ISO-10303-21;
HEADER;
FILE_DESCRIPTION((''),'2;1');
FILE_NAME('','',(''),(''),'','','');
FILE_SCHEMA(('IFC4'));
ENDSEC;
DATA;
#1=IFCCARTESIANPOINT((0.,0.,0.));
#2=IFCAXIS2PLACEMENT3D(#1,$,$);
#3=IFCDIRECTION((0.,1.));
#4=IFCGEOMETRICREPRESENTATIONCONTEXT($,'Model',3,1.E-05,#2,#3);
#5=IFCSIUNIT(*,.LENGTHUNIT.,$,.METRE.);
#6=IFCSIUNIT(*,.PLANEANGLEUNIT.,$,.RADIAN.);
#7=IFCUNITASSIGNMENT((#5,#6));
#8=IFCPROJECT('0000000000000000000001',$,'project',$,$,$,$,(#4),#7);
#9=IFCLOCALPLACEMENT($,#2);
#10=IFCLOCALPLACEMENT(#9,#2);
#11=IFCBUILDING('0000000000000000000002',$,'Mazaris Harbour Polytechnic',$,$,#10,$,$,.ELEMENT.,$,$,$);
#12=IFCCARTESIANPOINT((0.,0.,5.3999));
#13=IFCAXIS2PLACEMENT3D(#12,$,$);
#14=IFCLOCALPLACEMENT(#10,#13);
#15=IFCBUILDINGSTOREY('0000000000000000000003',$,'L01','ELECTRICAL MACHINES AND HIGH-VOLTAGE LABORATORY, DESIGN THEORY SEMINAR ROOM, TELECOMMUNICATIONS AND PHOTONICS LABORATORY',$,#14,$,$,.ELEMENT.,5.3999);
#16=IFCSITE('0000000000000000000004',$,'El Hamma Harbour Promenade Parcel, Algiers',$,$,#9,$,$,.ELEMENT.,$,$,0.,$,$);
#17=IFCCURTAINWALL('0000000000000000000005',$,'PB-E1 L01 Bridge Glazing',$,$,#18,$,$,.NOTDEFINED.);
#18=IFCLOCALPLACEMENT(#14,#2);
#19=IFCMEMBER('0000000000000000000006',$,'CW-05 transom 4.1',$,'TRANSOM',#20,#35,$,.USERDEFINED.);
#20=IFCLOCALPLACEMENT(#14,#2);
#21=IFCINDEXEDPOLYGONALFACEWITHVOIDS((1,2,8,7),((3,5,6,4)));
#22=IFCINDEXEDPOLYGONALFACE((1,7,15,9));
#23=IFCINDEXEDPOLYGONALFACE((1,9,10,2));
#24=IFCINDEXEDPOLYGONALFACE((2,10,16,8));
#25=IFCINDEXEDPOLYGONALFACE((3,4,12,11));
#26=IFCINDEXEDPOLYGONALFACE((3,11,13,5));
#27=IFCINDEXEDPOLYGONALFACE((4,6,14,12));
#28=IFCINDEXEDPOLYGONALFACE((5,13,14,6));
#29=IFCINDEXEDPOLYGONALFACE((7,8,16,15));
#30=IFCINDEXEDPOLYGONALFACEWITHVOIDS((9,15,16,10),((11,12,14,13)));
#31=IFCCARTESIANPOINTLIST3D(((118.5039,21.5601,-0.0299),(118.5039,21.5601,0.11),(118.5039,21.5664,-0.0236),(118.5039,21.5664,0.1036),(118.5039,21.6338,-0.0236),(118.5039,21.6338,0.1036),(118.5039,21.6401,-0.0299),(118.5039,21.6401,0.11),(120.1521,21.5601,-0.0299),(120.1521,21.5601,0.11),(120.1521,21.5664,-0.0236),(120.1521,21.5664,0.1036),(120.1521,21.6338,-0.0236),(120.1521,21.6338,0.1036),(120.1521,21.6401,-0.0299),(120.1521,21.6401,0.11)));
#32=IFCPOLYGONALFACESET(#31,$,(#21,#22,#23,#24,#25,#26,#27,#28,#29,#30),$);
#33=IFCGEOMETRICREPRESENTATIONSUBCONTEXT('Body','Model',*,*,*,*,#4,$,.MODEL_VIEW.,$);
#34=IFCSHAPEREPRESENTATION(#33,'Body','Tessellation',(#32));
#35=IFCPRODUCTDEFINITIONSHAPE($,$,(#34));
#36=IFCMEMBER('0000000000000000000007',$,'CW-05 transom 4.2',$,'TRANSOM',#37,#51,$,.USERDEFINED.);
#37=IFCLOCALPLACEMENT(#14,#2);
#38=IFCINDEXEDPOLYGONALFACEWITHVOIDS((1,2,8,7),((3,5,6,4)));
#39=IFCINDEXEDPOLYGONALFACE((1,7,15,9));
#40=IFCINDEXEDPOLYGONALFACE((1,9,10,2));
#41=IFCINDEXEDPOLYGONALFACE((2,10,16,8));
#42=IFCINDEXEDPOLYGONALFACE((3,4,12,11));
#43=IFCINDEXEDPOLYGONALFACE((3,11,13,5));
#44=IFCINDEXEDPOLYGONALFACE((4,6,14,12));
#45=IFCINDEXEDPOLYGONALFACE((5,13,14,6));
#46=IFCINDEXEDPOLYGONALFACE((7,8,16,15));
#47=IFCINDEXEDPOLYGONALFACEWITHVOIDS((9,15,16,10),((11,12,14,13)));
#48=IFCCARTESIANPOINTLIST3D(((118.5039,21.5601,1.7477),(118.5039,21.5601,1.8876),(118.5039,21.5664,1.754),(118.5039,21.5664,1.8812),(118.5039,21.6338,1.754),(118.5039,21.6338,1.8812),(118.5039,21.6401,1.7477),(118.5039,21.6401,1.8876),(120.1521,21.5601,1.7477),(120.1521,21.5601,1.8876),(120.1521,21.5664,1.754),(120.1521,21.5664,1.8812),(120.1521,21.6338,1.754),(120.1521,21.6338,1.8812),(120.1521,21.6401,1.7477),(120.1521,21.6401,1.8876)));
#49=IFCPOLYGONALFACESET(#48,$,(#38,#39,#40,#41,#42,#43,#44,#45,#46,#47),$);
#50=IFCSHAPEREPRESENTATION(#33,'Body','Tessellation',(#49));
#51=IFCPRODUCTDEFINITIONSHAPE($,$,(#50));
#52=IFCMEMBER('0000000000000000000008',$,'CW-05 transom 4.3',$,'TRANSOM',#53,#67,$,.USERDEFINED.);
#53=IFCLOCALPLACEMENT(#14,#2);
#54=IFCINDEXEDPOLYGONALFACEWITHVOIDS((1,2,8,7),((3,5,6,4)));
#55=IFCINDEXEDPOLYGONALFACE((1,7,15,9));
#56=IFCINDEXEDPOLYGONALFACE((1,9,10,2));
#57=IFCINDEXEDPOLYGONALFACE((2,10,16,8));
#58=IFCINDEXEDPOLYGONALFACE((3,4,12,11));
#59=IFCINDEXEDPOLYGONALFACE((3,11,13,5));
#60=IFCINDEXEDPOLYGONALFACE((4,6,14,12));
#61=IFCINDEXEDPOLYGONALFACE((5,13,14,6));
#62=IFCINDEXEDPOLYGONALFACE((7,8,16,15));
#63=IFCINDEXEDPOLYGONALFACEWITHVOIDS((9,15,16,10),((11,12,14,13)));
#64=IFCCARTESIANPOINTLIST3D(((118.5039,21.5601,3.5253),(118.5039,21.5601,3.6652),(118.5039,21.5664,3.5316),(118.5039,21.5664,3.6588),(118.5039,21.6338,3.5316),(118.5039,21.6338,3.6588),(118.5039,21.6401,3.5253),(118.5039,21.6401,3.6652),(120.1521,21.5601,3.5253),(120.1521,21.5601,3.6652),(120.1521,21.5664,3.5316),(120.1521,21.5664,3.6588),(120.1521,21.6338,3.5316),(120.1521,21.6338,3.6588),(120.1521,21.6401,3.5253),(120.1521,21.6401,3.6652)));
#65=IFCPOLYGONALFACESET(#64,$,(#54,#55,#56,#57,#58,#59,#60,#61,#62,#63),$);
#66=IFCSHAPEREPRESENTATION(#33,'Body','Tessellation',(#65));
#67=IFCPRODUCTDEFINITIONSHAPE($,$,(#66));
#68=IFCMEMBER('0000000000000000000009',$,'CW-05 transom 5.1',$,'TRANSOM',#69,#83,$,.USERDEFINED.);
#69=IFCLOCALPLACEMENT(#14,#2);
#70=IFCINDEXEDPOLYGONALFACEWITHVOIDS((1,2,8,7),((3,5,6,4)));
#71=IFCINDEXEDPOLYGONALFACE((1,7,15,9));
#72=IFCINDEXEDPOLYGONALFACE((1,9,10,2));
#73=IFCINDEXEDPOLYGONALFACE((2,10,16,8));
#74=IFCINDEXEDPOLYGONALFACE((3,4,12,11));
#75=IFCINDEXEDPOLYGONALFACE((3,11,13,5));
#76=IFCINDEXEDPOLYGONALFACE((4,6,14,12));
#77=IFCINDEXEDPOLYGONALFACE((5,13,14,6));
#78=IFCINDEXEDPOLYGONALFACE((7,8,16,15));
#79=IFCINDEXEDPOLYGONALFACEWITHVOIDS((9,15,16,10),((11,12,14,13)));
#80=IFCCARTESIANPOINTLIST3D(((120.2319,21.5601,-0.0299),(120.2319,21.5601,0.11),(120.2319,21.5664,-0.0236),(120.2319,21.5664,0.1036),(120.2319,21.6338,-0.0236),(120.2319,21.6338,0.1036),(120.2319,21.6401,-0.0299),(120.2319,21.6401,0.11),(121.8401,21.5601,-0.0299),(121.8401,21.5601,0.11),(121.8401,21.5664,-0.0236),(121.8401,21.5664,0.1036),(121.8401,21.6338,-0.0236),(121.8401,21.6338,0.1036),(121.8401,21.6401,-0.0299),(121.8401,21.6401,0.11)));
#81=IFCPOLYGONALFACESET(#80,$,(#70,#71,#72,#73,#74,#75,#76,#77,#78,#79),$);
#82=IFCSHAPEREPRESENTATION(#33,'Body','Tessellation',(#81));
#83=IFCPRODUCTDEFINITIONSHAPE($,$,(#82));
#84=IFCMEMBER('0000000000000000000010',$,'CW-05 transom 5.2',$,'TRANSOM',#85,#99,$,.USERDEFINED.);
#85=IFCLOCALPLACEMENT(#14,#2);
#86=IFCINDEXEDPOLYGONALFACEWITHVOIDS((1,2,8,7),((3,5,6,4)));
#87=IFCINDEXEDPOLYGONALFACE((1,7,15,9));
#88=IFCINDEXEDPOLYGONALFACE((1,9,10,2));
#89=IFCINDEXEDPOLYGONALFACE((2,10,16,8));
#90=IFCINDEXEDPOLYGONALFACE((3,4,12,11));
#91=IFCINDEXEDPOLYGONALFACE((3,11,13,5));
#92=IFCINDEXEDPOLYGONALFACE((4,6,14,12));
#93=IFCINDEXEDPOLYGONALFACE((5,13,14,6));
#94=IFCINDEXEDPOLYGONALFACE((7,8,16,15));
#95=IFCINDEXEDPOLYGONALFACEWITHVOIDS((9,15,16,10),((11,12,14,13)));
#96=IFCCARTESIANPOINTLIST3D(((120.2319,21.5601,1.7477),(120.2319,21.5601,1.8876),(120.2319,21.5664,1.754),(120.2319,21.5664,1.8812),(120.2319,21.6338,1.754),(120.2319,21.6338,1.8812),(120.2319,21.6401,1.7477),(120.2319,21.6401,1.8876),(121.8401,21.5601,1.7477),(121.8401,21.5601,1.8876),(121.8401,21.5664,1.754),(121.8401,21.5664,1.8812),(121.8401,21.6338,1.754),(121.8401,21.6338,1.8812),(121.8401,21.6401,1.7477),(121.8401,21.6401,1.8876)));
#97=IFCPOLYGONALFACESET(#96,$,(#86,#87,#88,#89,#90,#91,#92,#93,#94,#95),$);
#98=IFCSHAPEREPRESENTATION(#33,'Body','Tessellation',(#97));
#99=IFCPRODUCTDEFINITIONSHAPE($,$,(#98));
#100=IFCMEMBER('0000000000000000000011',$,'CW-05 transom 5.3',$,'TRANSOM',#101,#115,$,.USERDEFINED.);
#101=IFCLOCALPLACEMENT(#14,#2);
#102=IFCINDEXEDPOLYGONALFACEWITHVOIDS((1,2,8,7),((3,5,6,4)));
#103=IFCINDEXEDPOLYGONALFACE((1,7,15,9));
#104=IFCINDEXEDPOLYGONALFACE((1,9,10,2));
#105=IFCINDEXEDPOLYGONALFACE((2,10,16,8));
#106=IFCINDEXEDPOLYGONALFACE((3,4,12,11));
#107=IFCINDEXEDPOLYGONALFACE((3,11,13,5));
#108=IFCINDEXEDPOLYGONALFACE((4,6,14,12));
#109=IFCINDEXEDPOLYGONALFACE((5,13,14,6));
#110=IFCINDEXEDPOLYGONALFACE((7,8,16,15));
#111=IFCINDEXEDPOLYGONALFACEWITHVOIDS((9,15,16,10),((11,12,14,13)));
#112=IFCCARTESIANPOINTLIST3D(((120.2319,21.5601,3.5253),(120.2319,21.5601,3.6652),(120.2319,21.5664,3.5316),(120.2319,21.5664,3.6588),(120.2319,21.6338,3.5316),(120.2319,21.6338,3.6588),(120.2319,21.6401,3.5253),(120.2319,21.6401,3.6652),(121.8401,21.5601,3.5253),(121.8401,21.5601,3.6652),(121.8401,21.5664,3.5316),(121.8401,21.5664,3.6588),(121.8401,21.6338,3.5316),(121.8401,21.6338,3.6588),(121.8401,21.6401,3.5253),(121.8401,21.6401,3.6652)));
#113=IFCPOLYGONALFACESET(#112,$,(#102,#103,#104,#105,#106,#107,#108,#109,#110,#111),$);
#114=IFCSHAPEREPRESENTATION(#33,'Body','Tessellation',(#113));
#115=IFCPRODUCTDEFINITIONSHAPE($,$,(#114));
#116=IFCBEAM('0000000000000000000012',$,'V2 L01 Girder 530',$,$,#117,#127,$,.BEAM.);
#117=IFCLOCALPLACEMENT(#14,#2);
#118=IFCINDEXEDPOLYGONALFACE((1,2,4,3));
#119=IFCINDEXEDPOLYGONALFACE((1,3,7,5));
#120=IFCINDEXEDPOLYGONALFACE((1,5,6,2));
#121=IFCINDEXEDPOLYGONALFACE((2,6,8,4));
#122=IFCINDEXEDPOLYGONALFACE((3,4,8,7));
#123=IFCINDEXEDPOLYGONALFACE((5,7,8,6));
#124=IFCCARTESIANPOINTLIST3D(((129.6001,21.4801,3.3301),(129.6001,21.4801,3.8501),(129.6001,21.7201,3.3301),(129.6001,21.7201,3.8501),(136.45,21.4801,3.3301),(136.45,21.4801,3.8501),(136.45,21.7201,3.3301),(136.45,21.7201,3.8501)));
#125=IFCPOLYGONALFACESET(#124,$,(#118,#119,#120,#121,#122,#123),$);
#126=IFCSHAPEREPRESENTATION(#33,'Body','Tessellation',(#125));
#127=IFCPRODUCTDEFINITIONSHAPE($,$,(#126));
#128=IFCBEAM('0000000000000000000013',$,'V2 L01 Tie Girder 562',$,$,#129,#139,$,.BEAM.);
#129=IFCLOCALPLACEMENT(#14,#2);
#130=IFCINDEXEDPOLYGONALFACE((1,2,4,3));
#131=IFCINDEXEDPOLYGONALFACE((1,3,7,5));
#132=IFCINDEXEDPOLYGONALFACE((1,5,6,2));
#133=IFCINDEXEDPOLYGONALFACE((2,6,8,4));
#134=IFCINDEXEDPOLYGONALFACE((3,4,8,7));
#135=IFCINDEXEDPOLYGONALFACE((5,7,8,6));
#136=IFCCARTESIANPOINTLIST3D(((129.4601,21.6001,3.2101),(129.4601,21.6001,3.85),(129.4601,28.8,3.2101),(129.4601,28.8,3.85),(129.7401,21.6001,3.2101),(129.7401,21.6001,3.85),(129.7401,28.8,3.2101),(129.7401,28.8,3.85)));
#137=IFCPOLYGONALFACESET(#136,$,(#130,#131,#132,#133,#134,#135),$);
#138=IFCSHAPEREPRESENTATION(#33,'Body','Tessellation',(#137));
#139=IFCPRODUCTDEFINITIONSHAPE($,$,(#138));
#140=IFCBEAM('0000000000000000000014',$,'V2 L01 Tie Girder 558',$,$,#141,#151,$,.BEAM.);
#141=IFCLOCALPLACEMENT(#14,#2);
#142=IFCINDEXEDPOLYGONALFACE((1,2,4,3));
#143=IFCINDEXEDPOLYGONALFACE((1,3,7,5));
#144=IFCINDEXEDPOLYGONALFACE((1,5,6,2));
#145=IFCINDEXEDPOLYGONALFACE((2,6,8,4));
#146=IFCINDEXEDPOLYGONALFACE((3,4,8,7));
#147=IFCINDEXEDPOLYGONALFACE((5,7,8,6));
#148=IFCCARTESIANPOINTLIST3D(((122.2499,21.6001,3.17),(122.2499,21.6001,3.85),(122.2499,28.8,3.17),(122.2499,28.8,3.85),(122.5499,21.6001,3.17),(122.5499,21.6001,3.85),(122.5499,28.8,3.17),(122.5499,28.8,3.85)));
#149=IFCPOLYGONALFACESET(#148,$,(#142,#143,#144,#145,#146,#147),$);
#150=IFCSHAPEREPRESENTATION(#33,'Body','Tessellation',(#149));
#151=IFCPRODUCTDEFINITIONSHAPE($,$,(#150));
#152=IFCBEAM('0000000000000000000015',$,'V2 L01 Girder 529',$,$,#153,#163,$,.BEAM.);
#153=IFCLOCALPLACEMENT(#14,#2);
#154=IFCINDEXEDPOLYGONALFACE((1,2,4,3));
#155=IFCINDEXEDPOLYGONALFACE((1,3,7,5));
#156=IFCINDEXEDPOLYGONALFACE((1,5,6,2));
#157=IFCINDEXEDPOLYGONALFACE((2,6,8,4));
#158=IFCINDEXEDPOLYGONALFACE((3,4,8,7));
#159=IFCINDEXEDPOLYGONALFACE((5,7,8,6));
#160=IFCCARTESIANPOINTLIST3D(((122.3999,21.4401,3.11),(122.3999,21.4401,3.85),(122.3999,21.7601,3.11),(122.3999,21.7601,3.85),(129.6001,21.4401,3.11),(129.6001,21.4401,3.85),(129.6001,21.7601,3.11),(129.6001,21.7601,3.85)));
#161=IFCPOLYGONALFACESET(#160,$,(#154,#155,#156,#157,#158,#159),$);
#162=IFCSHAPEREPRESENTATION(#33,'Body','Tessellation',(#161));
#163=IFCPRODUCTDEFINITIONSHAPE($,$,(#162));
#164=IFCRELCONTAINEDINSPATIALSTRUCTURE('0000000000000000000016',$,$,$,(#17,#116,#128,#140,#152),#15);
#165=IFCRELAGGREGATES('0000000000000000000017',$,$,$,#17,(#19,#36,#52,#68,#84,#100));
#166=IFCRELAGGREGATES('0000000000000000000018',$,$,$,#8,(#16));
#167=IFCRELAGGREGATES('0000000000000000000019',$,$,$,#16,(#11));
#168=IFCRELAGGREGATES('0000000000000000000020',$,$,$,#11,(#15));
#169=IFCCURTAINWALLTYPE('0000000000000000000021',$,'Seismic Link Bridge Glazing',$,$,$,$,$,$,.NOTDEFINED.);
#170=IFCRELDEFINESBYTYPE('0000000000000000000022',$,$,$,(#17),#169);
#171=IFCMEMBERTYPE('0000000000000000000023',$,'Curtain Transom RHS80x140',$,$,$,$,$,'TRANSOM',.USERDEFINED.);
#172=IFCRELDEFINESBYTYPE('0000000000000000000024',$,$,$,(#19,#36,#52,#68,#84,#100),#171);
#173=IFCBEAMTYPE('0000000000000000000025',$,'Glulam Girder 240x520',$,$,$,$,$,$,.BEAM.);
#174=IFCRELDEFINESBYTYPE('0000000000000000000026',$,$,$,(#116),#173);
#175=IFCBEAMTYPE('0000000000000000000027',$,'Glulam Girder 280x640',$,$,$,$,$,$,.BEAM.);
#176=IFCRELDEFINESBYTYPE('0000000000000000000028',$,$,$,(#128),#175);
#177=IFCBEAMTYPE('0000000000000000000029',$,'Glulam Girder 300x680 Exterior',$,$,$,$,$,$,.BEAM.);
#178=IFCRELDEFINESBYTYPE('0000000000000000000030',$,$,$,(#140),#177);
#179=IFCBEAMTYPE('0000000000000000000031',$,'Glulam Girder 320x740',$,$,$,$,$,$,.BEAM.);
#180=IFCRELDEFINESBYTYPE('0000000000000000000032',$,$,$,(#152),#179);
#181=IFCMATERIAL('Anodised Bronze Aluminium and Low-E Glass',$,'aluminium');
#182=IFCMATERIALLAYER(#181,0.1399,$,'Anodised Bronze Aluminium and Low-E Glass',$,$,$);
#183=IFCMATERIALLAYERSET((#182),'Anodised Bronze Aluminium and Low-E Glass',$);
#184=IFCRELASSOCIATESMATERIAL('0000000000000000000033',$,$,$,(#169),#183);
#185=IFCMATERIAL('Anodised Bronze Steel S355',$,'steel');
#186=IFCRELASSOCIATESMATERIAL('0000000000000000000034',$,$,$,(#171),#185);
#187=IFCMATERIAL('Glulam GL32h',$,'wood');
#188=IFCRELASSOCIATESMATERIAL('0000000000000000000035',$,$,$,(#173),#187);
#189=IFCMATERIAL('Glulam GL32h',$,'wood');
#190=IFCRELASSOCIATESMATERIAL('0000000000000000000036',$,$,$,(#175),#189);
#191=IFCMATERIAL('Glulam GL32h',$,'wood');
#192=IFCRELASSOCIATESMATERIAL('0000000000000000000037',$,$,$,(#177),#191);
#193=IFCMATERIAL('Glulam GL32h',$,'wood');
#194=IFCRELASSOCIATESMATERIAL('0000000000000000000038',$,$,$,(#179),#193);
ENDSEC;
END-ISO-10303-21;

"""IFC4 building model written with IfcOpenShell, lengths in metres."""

from ifc_helpers import new_model, si_unit, direction, frame, origin, origin_2d, place, context, subcontext, project, spatial, rectangle, hollow_rectangle, extrude, material, layer, layer_set, material_profile, profile_set, type_object, element, aggregate, save


model = new_model("IFC4")

# Units and contexts
model_context = context("Model", 3, precision=1e-05, world=origin(), true_north=direction((0.0, 1.0)))
body_context = subcontext(model_context, "Body", "Model", "MODEL_VIEW")
ifc_project = project(units=[si_unit("LENGTHUNIT", "METRE"), si_unit("PLANEANGLEUNIT", "RADIAN")], contexts=[model_context])

# Site, building, storey
site_placement = place(None, origin())
site = spatial("IfcSite", under=ifc_project, at=site_placement, Name="El Hamma Harbour Promenade Parcel, Algiers", CompositionType="ELEMENT", RefElevation=0.0)
building_placement = place(site_placement, origin())
building = spatial("IfcBuilding", under=site, at=building_placement, Name="Mazaris Harbour Polytechnic", CompositionType="ELEMENT")
storey_placement = place(building_placement, frame((0.0, 0.0, 5.3999)))
storey = spatial("IfcBuildingStorey", under=building, at=storey_placement, Name="L01", Description="ELECTRICAL MACHINES AND HIGH-VOLTAGE LABORATORY, DESIGN THEORY SEMINAR ROOM, TELECOMMUNICATIONS AND PHOTONICS LABORATORY", CompositionType="ELEMENT", Elevation=5.3999)

# Curtain wall, members
ifc_material_1 = material(Name="Anodised Bronze Aluminium and Low-E Glass", Category="aluminium")
ifc_layer_1 = layer(ifc_material_1, 0.1399, Name="Anodised Bronze Aluminium and Low-E Glass")
ifc_layer_set_1 = layer_set([ifc_layer_1], Name="Anodised Bronze Aluminium and Low-E Glass")
curtain_wall_type = type_object("IfcCurtainWallType", Name="Seismic Link Bridge Glazing", PredefinedType="NOTDEFINED", material=ifc_layer_set_1)
curtain_wall_placement = place(storey_placement, origin())
curtain_wall = element("IfcCurtainWall", 1, at=curtain_wall_placement, inside=storey, type_object=curtain_wall_type, Name="PB-E1 L01 Bridge Glazing", PredefinedType="NOTDEFINED")
ifc_material_2 = material(Name="Anodised Bronze Steel S355", Category="steel")
ifc_material_profile_1 = material_profile(ifc_material_2, hollow_rectangle(XDim=0.0801, YDim=0.1399, WallThickness=0.0063, at=origin_2d()), Name="RHS 80x140x6.3")
ifc_profile_set_1 = profile_set([ifc_material_profile_1], Name="Anodised Bronze Steel S355")
member_type_1 = type_object("IfcMemberType", Name="Curtain Transom RHS80x140", ElementType="TRANSOM", PredefinedType="USERDEFINED", material=ifc_profile_set_1)
member_1_placement = place(storey_placement, frame((118.5039, 21.6001, 0.04), z_axis=(1.0, 0.0, 0.0), x_axis=(0.0, 1.0, 0.0)))
member_1 = element("IfcMember", 2, at=member_1_placement, type_object=member_type_1, Name="CW-05 transom 4.1", ObjectType="TRANSOM", PredefinedType="USERDEFINED", context=body_context, shape_type="SweptSolid", body=[
    extrude(hollow_rectangle(XDim=0.0801, YDim=0.1399, WallThickness=0.0063, at=origin_2d()), origin(), (0.0, 0.0, 1.0), 1.6482),
])
member_2_placement = place(storey_placement, frame((118.5039, 21.6001, 1.8176), z_axis=(1.0, 0.0, 0.0), x_axis=(0.0, 1.0, 0.0)))
member_2 = element("IfcMember", 3, at=member_2_placement, type_object=member_type_1, Name="CW-05 transom 4.2", ObjectType="TRANSOM", PredefinedType="USERDEFINED", context=body_context, shape_type="SweptSolid", body=[
    extrude(hollow_rectangle(XDim=0.0801, YDim=0.1399, WallThickness=0.0063, at=origin_2d()), origin(), (0.0, 0.0, 1.0), 1.6482),
])
member_3_placement = place(storey_placement, frame((118.5039, 21.6001, 3.5952), z_axis=(1.0, 0.0, 0.0), x_axis=(0.0, 1.0, 0.0)))
member_3 = element("IfcMember", 4, at=member_3_placement, type_object=member_type_1, Name="CW-05 transom 4.3", ObjectType="TRANSOM", PredefinedType="USERDEFINED", context=body_context, shape_type="SweptSolid", body=[
    extrude(hollow_rectangle(XDim=0.0801, YDim=0.1399, WallThickness=0.0063, at=origin_2d()), origin(), (0.0, 0.0, 1.0), 1.6482),
])
member_4_placement = place(storey_placement, frame((120.2319, 21.6001, 0.04), z_axis=(1.0, 0.0, 0.0), x_axis=(0.0, 1.0, 0.0)))
member_4 = element("IfcMember", 5, at=member_4_placement, type_object=member_type_1, Name="CW-05 transom 5.1", ObjectType="TRANSOM", PredefinedType="USERDEFINED", context=body_context, shape_type="SweptSolid", body=[
    extrude(hollow_rectangle(XDim=0.0801, YDim=0.1399, WallThickness=0.0063, at=origin_2d()), origin(), (0.0, 0.0, 1.0), 1.6082),
])
member_5_placement = place(storey_placement, frame((120.2319, 21.6001, 1.8176), z_axis=(1.0, 0.0, 0.0), x_axis=(0.0, 1.0, 0.0)))
member_5 = element("IfcMember", 6, at=member_5_placement, type_object=member_type_1, Name="CW-05 transom 5.2", ObjectType="TRANSOM", PredefinedType="USERDEFINED", context=body_context, shape_type="SweptSolid", body=[
    extrude(hollow_rectangle(XDim=0.0801, YDim=0.1399, WallThickness=0.0063, at=origin_2d()), origin(), (0.0, 0.0, 1.0), 1.6082),
])
member_6_placement = place(storey_placement, frame((120.2319, 21.6001, 3.5952), z_axis=(1.0, 0.0, 0.0), x_axis=(0.0, 1.0, 0.0)))
member_6 = element("IfcMember", 7, at=member_6_placement, type_object=member_type_1, Name="CW-05 transom 5.3", ObjectType="TRANSOM", PredefinedType="USERDEFINED", context=body_context, shape_type="SweptSolid", body=[
    extrude(hollow_rectangle(XDim=0.0801, YDim=0.1399, WallThickness=0.0063, at=origin_2d()), origin(), (0.0, 0.0, 1.0), 1.6082),
])

# Beams
ifc_material_3 = material(Name="Glulam GL32h", Category="wood")
ifc_material_profile_2 = material_profile(ifc_material_3, rectangle(XDim=0.24, YDim=0.52, at=origin_2d()), Name="RECT240x520")
ifc_profile_set_2 = profile_set([ifc_material_profile_2], Name="Glulam GL32h")
beam_type_1 = type_object("IfcBeamType", Name="Glulam Girder 240x520", PredefinedType="BEAM", material=ifc_profile_set_2)
beam_1_placement = place(storey_placement, frame((129.6001, 21.6001, 3.5901), z_axis=(1.0, 0.0, 0.0), x_axis=(0.0, 1.0, 0.0)))
element("IfcBeam", 8, at=beam_1_placement, inside=storey, type_object=beam_type_1, Name="V2 L01 Girder 530", PredefinedType="BEAM", context=body_context, shape_type="SweptSolid", body=[
    extrude(rectangle(XDim=0.24, YDim=0.52, at=origin_2d()), origin(), (0.0, 0.0, 1.0), 6.8499),
])
ifc_material_4 = material(Name="Glulam GL32h", Category="wood")
ifc_material_profile_3 = material_profile(ifc_material_4, rectangle(XDim=0.28, YDim=0.6399, at=origin_2d()), Name="RECT280x640")
ifc_profile_set_3 = profile_set([ifc_material_profile_3], Name="Glulam GL32h")
beam_type_2 = type_object("IfcBeamType", Name="Glulam Girder 280x640", PredefinedType="BEAM", material=ifc_profile_set_3)
beam_2_placement = place(storey_placement, frame((129.6001, 21.6001, 3.53), z_axis=(0.0, 1.0, 0.0), x_axis=(-1.0, 0.0, 0.0)))
element("IfcBeam", 9, at=beam_2_placement, inside=storey, type_object=beam_type_2, Name="V2 L01 Tie Girder 562", PredefinedType="BEAM", context=body_context, shape_type="SweptSolid", body=[
    extrude(rectangle(XDim=0.28, YDim=0.6399, at=origin_2d()), origin(), (0.0, 0.0, 1.0), 7.2),
])
ifc_material_5 = material(Name="Glulam GL32h", Category="wood")
ifc_material_profile_4 = material_profile(ifc_material_5, rectangle(XDim=0.3, YDim=0.6799, at=origin_2d()), Name="RECT300x680")
ifc_profile_set_4 = profile_set([ifc_material_profile_4], Name="Glulam GL32h")
beam_type_3 = type_object("IfcBeamType", Name="Glulam Girder 300x680 Exterior", PredefinedType="BEAM", material=ifc_profile_set_4)
beam_3_placement = place(storey_placement, frame((122.3999, 21.6001, 3.51), z_axis=(0.0, 1.0, 0.0), x_axis=(-1.0, 0.0, 0.0)))
element("IfcBeam", 10, at=beam_3_placement, inside=storey, type_object=beam_type_3, Name="V2 L01 Tie Girder 558", PredefinedType="BEAM", context=body_context, shape_type="SweptSolid", body=[
    extrude(rectangle(XDim=0.3, YDim=0.6799, at=origin_2d()), origin(), (0.0, 0.0, 1.0), 7.2),
])
ifc_material_6 = material(Name="Glulam GL32h", Category="wood")
ifc_material_profile_5 = material_profile(ifc_material_6, rectangle(XDim=0.3201, YDim=0.74, at=origin_2d()), Name="RECT320x740")
ifc_profile_set_5 = profile_set([ifc_material_profile_5], Name="Glulam GL32h")
beam_type_4 = type_object("IfcBeamType", Name="Glulam Girder 320x740", PredefinedType="BEAM", material=ifc_profile_set_5)
beam_4_placement = place(storey_placement, frame((122.3999, 21.6001, 3.48), z_axis=(1.0, 0.0, 0.0), x_axis=(0.0, 1.0, 0.0)))
element("IfcBeam", 11, at=beam_4_placement, inside=storey, type_object=beam_type_4, Name="V2 L01 Girder 529", PredefinedType="BEAM", context=body_context, shape_type="SweptSolid", body=[
    extrude(rectangle(XDim=0.3201, YDim=0.74, at=origin_2d()), origin(), (0.0, 0.0, 1.0), 7.2002),
])

aggregate(curtain_wall, [member_1, member_2, member_3, member_4, member_5, member_6])

save(model, "model.ifc")
